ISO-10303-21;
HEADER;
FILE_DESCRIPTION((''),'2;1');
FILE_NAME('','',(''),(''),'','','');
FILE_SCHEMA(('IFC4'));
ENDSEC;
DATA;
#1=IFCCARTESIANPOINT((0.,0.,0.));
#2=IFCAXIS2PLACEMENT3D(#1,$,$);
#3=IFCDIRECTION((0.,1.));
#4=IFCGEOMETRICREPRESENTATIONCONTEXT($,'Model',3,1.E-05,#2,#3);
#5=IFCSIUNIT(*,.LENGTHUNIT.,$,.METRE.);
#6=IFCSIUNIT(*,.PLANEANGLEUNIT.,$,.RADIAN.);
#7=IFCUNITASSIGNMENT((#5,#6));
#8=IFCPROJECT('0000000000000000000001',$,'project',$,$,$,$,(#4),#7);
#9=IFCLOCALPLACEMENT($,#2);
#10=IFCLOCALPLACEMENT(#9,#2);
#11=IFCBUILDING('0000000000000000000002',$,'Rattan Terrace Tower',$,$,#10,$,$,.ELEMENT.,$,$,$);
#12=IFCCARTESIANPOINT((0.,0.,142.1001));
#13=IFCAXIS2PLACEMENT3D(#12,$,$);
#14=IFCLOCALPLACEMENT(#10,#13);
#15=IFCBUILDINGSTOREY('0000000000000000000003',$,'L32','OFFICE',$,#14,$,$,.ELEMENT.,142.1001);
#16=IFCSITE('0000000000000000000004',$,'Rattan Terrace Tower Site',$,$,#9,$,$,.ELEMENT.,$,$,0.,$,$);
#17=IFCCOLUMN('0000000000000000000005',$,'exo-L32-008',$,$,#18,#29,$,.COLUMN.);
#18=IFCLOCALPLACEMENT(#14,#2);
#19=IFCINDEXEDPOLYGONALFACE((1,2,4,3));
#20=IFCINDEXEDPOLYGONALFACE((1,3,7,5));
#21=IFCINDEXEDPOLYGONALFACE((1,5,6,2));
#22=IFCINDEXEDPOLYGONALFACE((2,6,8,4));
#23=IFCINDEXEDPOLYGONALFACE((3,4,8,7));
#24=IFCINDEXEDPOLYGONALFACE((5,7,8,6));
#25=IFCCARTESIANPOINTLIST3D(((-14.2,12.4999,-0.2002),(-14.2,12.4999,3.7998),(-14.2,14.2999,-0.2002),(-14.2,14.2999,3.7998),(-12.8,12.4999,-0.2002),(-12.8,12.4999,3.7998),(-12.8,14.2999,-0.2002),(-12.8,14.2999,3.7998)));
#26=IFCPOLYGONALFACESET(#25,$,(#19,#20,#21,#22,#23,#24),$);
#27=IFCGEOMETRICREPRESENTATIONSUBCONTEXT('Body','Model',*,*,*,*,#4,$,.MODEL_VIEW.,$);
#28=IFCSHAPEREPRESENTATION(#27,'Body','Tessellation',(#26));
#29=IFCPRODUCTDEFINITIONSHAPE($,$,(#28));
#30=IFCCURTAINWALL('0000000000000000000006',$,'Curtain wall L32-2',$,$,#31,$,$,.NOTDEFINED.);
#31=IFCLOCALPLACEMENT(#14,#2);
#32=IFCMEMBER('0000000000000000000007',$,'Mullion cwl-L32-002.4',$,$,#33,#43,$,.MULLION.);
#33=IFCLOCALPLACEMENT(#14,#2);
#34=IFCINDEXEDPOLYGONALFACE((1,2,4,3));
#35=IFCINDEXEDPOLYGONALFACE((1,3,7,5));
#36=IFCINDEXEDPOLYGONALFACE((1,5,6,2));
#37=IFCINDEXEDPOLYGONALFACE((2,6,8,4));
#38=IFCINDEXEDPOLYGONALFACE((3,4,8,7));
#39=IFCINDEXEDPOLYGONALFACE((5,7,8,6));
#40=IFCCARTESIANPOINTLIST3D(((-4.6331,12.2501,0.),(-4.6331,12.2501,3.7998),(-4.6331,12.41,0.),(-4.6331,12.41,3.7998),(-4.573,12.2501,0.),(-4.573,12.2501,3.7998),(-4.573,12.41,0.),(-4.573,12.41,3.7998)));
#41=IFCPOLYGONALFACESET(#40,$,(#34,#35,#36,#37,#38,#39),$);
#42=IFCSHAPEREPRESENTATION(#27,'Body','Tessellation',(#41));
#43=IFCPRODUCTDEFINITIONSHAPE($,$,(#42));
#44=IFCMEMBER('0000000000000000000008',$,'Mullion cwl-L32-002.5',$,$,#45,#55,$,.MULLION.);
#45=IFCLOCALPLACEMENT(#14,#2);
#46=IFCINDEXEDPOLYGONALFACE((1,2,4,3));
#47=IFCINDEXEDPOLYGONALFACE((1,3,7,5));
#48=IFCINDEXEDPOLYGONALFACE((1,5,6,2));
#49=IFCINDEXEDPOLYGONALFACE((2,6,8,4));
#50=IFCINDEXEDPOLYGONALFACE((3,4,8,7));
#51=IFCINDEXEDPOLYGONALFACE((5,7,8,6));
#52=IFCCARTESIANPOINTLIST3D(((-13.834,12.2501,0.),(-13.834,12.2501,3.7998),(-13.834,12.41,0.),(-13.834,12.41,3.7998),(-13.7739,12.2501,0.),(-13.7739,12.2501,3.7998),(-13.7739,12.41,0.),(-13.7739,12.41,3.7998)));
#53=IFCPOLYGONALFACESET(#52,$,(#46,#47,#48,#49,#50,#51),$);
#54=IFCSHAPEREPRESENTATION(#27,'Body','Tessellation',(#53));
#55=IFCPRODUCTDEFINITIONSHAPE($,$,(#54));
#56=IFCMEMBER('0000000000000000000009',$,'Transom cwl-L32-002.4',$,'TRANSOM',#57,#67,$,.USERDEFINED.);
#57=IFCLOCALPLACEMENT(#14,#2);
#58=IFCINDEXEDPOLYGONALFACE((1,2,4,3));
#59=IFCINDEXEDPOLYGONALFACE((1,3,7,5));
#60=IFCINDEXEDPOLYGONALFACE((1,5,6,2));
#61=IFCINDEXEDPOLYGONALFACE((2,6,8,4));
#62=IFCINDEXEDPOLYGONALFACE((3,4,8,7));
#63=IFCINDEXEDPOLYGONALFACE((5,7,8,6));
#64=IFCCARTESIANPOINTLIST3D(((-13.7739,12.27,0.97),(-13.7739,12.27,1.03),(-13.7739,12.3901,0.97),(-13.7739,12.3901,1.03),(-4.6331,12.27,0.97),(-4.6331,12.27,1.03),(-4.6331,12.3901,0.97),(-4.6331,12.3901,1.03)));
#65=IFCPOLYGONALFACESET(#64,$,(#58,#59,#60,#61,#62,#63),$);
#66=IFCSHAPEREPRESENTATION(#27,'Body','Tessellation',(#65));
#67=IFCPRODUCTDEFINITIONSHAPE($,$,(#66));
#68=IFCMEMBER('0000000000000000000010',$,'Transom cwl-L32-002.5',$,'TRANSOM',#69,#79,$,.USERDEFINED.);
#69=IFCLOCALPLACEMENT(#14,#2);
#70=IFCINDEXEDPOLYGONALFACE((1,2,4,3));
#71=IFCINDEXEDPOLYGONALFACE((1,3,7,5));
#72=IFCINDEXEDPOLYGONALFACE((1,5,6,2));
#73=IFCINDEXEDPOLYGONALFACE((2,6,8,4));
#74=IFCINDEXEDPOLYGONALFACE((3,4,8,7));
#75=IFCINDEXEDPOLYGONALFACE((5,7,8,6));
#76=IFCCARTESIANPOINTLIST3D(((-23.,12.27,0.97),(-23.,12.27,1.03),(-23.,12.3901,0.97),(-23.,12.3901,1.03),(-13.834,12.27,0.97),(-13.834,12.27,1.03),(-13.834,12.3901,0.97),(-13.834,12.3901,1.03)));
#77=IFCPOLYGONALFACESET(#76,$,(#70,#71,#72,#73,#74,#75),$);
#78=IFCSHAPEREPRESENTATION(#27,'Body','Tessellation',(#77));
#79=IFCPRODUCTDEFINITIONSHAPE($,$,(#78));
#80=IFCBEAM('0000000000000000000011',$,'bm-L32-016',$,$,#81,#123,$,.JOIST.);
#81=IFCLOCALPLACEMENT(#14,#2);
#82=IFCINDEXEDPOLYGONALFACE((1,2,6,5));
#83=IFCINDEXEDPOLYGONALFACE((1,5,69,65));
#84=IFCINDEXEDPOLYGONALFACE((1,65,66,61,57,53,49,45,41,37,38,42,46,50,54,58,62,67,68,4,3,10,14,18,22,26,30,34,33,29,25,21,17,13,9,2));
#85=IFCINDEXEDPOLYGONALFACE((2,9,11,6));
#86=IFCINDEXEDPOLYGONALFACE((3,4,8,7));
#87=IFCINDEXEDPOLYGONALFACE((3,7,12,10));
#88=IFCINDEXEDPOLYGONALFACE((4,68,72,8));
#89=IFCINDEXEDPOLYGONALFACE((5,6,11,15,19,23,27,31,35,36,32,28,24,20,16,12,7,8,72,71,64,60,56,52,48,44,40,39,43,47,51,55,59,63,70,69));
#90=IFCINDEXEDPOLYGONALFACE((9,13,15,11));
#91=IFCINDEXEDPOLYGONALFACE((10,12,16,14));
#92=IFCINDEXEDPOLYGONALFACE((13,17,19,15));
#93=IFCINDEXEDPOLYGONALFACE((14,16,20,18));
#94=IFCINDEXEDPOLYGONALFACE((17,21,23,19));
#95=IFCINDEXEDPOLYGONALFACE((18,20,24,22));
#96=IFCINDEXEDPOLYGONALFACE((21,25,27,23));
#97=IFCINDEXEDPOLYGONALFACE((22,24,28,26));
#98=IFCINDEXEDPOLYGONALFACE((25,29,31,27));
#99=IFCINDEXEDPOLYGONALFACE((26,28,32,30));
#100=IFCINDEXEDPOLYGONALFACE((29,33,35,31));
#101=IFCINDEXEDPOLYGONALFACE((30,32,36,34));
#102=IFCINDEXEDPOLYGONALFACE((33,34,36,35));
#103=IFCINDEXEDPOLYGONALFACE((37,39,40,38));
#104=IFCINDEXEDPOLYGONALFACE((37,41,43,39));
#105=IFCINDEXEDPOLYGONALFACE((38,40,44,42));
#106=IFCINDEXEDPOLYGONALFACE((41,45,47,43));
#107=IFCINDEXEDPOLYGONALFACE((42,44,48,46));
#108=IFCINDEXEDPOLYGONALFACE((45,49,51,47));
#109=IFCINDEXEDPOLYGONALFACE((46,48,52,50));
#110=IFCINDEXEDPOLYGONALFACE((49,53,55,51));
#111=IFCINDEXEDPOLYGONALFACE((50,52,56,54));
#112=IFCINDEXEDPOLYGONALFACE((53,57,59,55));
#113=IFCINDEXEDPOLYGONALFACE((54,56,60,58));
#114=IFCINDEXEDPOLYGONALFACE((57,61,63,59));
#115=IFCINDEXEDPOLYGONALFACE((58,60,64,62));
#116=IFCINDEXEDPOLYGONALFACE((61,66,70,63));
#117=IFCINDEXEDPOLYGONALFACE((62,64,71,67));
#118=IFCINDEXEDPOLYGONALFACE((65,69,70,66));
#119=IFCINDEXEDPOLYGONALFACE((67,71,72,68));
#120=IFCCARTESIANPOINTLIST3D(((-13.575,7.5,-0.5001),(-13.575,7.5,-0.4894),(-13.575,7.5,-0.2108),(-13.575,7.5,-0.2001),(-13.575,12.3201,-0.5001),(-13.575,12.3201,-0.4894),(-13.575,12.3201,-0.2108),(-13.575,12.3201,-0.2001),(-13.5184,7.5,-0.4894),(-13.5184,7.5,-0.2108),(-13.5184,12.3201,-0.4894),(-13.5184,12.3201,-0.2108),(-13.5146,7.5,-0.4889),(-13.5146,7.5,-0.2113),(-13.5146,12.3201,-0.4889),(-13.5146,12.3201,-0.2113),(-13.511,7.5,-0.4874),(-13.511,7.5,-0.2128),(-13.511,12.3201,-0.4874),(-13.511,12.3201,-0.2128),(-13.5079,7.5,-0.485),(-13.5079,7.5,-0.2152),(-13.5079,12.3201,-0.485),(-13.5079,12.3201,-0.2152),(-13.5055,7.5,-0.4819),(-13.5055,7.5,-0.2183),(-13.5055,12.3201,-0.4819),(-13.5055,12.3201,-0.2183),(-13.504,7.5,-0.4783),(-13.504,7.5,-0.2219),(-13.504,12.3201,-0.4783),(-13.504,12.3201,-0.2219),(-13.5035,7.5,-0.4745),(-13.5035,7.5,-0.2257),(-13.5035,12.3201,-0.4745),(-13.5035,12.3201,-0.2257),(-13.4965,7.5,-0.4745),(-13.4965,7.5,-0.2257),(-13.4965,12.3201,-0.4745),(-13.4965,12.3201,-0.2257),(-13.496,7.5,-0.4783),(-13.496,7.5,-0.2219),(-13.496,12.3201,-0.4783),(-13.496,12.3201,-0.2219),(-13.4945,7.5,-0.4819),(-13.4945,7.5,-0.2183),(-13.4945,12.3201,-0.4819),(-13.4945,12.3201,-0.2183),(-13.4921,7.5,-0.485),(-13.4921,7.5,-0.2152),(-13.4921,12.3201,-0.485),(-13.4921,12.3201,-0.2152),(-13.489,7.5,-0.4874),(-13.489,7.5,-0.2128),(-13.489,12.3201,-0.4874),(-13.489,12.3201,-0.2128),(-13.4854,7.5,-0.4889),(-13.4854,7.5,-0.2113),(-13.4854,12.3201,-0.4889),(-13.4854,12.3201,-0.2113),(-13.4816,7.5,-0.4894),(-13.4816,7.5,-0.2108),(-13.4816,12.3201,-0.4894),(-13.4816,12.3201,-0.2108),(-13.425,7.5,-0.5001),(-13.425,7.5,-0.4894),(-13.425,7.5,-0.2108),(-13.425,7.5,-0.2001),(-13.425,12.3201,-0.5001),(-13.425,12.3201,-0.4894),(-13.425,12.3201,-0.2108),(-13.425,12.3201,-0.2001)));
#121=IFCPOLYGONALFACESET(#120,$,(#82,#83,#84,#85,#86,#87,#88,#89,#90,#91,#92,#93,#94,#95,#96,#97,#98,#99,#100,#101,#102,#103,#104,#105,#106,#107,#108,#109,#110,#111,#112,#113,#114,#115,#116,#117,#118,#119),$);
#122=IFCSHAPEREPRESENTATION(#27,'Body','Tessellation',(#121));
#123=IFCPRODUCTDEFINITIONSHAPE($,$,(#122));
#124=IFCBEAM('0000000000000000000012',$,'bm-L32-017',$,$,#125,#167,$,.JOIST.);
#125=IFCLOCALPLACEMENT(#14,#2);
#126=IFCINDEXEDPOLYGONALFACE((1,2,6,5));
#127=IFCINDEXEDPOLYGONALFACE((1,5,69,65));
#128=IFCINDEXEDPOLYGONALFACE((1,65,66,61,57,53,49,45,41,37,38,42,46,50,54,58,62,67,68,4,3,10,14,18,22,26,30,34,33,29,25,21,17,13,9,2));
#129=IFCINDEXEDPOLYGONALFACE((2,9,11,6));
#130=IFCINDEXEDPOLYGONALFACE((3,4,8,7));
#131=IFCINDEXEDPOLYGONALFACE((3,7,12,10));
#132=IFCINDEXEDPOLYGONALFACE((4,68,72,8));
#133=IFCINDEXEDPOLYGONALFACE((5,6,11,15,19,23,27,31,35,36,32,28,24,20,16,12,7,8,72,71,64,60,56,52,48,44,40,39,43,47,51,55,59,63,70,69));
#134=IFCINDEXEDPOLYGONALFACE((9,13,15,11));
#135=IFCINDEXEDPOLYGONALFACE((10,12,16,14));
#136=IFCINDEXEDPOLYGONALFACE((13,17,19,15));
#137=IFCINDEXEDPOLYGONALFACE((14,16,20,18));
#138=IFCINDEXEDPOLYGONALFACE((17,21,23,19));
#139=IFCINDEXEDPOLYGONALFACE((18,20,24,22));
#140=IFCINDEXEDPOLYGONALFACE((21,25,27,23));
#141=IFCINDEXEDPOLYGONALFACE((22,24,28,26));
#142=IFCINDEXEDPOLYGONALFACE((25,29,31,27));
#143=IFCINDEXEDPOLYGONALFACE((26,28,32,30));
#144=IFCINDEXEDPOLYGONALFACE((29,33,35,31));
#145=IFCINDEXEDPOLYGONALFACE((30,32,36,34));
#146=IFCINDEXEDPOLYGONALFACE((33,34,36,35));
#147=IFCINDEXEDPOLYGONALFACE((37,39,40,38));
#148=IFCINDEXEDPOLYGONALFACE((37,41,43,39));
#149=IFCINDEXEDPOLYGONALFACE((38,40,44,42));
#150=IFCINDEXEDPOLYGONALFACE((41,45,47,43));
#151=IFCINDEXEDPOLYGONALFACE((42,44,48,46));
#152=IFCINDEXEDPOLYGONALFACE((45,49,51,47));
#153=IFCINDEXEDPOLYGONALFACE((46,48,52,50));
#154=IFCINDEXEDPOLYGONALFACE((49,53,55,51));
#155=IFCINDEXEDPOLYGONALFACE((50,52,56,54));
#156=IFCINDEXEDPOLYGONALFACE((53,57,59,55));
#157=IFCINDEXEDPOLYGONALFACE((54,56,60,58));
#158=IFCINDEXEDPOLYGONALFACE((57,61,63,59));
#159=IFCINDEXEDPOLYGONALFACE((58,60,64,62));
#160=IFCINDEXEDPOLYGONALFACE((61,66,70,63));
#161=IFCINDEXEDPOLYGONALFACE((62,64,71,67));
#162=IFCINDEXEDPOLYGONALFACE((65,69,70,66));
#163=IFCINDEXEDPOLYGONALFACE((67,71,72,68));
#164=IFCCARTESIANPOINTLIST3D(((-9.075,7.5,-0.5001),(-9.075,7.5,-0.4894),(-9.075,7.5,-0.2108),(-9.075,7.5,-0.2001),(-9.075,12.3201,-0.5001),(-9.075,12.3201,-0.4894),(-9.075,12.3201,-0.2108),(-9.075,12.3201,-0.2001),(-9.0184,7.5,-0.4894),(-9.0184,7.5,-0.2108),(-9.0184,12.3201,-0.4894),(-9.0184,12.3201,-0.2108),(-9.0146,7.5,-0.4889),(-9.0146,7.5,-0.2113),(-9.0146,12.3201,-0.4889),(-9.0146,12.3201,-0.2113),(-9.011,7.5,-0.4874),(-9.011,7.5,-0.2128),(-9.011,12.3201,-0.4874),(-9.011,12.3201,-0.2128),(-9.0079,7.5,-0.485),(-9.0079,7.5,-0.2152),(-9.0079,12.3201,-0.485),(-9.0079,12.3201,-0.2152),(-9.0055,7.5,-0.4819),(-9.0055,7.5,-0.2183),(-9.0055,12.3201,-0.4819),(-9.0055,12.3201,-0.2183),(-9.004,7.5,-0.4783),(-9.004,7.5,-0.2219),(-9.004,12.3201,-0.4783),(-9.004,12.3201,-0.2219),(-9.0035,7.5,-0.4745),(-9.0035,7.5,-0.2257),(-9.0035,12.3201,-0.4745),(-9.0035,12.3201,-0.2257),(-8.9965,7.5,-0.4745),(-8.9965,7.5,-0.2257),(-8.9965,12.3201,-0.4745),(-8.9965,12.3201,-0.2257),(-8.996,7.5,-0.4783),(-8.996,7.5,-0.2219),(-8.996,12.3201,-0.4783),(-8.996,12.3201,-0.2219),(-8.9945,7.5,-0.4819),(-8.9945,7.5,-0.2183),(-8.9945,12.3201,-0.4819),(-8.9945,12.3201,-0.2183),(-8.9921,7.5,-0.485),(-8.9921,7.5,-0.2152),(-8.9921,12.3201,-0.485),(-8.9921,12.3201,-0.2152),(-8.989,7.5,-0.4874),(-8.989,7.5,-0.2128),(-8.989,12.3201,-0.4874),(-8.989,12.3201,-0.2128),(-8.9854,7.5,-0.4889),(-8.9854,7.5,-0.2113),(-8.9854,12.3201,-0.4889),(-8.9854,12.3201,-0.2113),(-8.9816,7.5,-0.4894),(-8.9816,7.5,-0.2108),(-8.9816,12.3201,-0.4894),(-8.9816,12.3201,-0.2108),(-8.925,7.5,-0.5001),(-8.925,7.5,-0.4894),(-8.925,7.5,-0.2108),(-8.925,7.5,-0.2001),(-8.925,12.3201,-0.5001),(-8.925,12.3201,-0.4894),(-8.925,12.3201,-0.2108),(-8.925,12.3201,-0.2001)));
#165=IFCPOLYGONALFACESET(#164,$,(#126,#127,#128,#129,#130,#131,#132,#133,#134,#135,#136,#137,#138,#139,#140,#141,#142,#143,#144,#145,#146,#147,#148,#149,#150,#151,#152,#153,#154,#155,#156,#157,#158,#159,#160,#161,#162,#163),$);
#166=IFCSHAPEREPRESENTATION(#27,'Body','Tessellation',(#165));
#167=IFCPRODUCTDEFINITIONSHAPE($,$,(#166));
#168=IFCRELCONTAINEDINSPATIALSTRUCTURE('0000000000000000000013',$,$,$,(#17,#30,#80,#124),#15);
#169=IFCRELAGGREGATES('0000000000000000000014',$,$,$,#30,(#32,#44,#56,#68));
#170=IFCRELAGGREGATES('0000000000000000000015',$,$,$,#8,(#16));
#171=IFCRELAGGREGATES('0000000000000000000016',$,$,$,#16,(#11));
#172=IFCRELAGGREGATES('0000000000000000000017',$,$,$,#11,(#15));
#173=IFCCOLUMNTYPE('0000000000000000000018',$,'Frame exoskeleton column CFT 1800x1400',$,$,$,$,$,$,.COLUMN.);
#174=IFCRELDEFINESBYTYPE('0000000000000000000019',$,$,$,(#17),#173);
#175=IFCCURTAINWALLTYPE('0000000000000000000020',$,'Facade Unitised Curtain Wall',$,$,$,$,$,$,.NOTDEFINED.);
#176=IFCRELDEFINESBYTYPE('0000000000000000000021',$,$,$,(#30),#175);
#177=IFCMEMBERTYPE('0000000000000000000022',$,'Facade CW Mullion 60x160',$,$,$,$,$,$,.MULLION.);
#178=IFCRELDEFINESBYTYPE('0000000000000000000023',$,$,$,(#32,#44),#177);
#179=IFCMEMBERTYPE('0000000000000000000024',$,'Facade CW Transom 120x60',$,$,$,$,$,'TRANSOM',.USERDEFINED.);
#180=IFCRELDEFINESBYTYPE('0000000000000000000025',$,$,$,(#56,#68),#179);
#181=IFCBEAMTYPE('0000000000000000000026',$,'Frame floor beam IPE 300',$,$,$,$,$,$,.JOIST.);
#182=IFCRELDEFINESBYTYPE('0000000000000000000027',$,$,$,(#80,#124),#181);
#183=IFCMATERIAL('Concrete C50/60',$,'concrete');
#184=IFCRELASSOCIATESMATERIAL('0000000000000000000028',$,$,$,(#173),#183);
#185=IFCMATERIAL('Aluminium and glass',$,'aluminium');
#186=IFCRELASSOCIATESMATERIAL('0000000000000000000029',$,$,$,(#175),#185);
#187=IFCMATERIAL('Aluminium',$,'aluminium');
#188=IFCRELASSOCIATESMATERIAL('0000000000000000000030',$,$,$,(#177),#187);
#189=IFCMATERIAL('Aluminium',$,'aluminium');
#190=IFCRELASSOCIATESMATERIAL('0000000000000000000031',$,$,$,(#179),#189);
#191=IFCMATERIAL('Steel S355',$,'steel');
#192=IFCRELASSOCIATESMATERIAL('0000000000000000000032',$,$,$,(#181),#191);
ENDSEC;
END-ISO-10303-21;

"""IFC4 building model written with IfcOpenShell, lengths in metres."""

from ifc_helpers import new_model, si_unit, direction, frame, origin, origin_2d, place, context, subcontext, project, spatial, rectangle, i_section, extrude, material, material_profile, profile_set, type_object, element, aggregate, save


model = new_model("IFC4")

# Units and contexts
model_context = context("Model", 3, precision=1e-05, world=origin(), true_north=direction((0.0, 1.0)))
body_context = subcontext(model_context, "Body", "Model", "MODEL_VIEW")
ifc_project = project(units=[si_unit("LENGTHUNIT", "METRE"), si_unit("PLANEANGLEUNIT", "RADIAN")], contexts=[model_context])

# Site, building, storey
site_placement = place(None, origin())
site = spatial("IfcSite", under=ifc_project, at=site_placement, Name="Rattan Terrace Tower Site", CompositionType="ELEMENT", RefElevation=0.0)
building_placement = place(site_placement, origin())
building = spatial("IfcBuilding", under=site, at=building_placement, Name="Rattan Terrace Tower", CompositionType="ELEMENT")
storey_placement = place(building_placement, frame((0.0, 0.0, 142.1001)))
storey = spatial("IfcBuildingStorey", under=building, at=storey_placement, Name="L32", Description="OFFICE", CompositionType="ELEMENT", Elevation=142.1001)

# Column
ifc_material_1 = material(Name="Concrete C50/60", Category="concrete")
ifc_material_profile_1 = material_profile(ifc_material_1, rectangle(XDim=1.3999, YDim=1.8, at=origin_2d()), Name="CFT 1800x1400")
ifc_profile_set_1 = profile_set([ifc_material_profile_1], Name="Concrete C50/60")
column_type = type_object("IfcColumnType", Name="Frame exoskeleton column CFT 1800x1400", PredefinedType="COLUMN", material=ifc_profile_set_1)
column_placement = place(storey_placement, frame((-13.5, 13.3999, -0.2002), z_axis=(0.0, 0.0, 1.0), x_axis=(1.0, 0.0, 0.0)))
element("IfcColumn", 1, at=column_placement, inside=storey, type_object=column_type, Name="exo-L32-008", PredefinedType="COLUMN", context=body_context, shape_type="SweptSolid", body=[
    extrude(rectangle(XDim=1.3999, YDim=1.8, at=origin_2d()), origin(), (0.0, 0.0, 1.0), 4.0),
])

# Curtain wall, members
ifc_material_2 = material(Name="Aluminium and glass", Category="aluminium")
curtain_wall_type = type_object("IfcCurtainWallType", Name="Facade Unitised Curtain Wall", PredefinedType="NOTDEFINED", material=ifc_material_2)
curtain_wall_placement = place(storey_placement, origin())
curtain_wall = element("IfcCurtainWall", 2, at=curtain_wall_placement, inside=storey, type_object=curtain_wall_type, Name="Curtain wall L32-2", PredefinedType="NOTDEFINED")
ifc_material_3 = material(Name="Aluminium", Category="aluminium")
ifc_material_profile_2 = material_profile(ifc_material_3, rectangle(XDim=0.0601, YDim=0.1599, at=origin_2d()), Name="Aluminium 60x160")
ifc_profile_set_2 = profile_set([ifc_material_profile_2], Name="Aluminium")
member_type_1 = type_object("IfcMemberType", Name="Facade CW Mullion 60x160", PredefinedType="MULLION", material=ifc_profile_set_2)
member_1_placement = place(storey_placement, frame((-4.603, 12.3301, 0.0), z_axis=(0.0, 0.0, 1.0), x_axis=(-1.0, 0.0, 0.0)))
member_1 = element("IfcMember", 3, at=member_1_placement, type_object=member_type_1, Name="Mullion cwl-L32-002.4", PredefinedType="MULLION", context=body_context, shape_type="SweptSolid", body=[
    extrude(rectangle(XDim=0.0601, YDim=0.1599, at=origin_2d()), origin(), (0.0, 0.0, 1.0), 3.7998),
])
member_2_placement = place(storey_placement, frame((-13.804, 12.3301, 0.0), z_axis=(0.0, 0.0, 1.0), x_axis=(-1.0, 0.0, 0.0)))
member_2 = element("IfcMember", 4, at=member_2_placement, type_object=member_type_1, Name="Mullion cwl-L32-002.5", PredefinedType="MULLION", context=body_context, shape_type="SweptSolid", body=[
    extrude(rectangle(XDim=0.0601, YDim=0.1599, at=origin_2d()), origin(), (0.0, 0.0, 1.0), 3.7998),
])
ifc_material_4 = material(Name="Aluminium", Category="aluminium")
ifc_material_profile_3 = material_profile(ifc_material_4, rectangle(XDim=0.1201, YDim=0.0601, at=origin_2d()), Name="Aluminium 120x60")
ifc_profile_set_3 = profile_set([ifc_material_profile_3], Name="Aluminium")
member_type_2 = type_object("IfcMemberType", Name="Facade CW Transom 120x60", ElementType="TRANSOM", PredefinedType="USERDEFINED", material=ifc_profile_set_3)
member_3_placement = place(storey_placement, frame((-4.6331, 12.3301, 1.0), z_axis=(-1.0, 0.0, 0.0), x_axis=(0.0, -1.0, 0.0)))
member_3 = element("IfcMember", 5, at=member_3_placement, type_object=member_type_2, Name="Transom cwl-L32-002.4", ObjectType="TRANSOM", PredefinedType="USERDEFINED", context=body_context, shape_type="SweptSolid", body=[
    extrude(rectangle(XDim=0.1201, YDim=0.0601, at=origin_2d()), origin(), (0.0, 0.0, 1.0), 9.1409),
])
member_4_placement = place(storey_placement, frame((-13.834, 12.3301, 1.0), z_axis=(-1.0, 0.0, 0.0), x_axis=(0.0, -1.0, 0.0)))
member_4 = element("IfcMember", 6, at=member_4_placement, type_object=member_type_2, Name="Transom cwl-L32-002.5", ObjectType="TRANSOM", PredefinedType="USERDEFINED", context=body_context, shape_type="SweptSolid", body=[
    extrude(rectangle(XDim=0.1201, YDim=0.0601, at=origin_2d()), origin(), (0.0, 0.0, 1.0), 9.166),
])

# Beams
ifc_material_5 = material(Name="Steel S355", Category="steel")
ifc_material_profile_4 = material_profile(ifc_material_5, i_section(OverallWidth=0.1499, OverallDepth=0.3, WebThickness=0.0071, FlangeThickness=0.0107, FilletRadius=0.0149, at=origin_2d()), Name="IPE 300")
ifc_profile_set_4 = profile_set([ifc_material_profile_4], Name="Steel S355")
beam_type = type_object("IfcBeamType", Name="Frame floor beam IPE 300", PredefinedType="JOIST", material=ifc_profile_set_4)
for number, where, z_axis, x_axis, name in (
    (7, (-13.5, 7.5, -0.3501), (0.0, 1.0, 0.0), (-1.0, 0.0, 0.0), "bm-L32-016"),
    (8, (-9.0, 7.5, -0.3501), (0.0, 1.0, 0.0), (-1.0, 0.0, 0.0), "bm-L32-017"),
):
    element("IfcBeam", number, at=place(storey_placement, frame(where, z_axis=z_axis, x_axis=x_axis)), inside=storey, type_object=beam_type, Name=name, PredefinedType="JOIST", context=body_context, shape_type="SweptSolid", body=[
        extrude(i_section(OverallWidth=0.1499, OverallDepth=0.3, WebThickness=0.0071, FlangeThickness=0.0107, FilletRadius=0.0149, at=origin_2d()), origin(), (0.0, 0.0, 1.0), 4.8201),
    ])

aggregate(curtain_wall, [member_1, member_2, member_3, member_4])

save(model, "model.ifc")
